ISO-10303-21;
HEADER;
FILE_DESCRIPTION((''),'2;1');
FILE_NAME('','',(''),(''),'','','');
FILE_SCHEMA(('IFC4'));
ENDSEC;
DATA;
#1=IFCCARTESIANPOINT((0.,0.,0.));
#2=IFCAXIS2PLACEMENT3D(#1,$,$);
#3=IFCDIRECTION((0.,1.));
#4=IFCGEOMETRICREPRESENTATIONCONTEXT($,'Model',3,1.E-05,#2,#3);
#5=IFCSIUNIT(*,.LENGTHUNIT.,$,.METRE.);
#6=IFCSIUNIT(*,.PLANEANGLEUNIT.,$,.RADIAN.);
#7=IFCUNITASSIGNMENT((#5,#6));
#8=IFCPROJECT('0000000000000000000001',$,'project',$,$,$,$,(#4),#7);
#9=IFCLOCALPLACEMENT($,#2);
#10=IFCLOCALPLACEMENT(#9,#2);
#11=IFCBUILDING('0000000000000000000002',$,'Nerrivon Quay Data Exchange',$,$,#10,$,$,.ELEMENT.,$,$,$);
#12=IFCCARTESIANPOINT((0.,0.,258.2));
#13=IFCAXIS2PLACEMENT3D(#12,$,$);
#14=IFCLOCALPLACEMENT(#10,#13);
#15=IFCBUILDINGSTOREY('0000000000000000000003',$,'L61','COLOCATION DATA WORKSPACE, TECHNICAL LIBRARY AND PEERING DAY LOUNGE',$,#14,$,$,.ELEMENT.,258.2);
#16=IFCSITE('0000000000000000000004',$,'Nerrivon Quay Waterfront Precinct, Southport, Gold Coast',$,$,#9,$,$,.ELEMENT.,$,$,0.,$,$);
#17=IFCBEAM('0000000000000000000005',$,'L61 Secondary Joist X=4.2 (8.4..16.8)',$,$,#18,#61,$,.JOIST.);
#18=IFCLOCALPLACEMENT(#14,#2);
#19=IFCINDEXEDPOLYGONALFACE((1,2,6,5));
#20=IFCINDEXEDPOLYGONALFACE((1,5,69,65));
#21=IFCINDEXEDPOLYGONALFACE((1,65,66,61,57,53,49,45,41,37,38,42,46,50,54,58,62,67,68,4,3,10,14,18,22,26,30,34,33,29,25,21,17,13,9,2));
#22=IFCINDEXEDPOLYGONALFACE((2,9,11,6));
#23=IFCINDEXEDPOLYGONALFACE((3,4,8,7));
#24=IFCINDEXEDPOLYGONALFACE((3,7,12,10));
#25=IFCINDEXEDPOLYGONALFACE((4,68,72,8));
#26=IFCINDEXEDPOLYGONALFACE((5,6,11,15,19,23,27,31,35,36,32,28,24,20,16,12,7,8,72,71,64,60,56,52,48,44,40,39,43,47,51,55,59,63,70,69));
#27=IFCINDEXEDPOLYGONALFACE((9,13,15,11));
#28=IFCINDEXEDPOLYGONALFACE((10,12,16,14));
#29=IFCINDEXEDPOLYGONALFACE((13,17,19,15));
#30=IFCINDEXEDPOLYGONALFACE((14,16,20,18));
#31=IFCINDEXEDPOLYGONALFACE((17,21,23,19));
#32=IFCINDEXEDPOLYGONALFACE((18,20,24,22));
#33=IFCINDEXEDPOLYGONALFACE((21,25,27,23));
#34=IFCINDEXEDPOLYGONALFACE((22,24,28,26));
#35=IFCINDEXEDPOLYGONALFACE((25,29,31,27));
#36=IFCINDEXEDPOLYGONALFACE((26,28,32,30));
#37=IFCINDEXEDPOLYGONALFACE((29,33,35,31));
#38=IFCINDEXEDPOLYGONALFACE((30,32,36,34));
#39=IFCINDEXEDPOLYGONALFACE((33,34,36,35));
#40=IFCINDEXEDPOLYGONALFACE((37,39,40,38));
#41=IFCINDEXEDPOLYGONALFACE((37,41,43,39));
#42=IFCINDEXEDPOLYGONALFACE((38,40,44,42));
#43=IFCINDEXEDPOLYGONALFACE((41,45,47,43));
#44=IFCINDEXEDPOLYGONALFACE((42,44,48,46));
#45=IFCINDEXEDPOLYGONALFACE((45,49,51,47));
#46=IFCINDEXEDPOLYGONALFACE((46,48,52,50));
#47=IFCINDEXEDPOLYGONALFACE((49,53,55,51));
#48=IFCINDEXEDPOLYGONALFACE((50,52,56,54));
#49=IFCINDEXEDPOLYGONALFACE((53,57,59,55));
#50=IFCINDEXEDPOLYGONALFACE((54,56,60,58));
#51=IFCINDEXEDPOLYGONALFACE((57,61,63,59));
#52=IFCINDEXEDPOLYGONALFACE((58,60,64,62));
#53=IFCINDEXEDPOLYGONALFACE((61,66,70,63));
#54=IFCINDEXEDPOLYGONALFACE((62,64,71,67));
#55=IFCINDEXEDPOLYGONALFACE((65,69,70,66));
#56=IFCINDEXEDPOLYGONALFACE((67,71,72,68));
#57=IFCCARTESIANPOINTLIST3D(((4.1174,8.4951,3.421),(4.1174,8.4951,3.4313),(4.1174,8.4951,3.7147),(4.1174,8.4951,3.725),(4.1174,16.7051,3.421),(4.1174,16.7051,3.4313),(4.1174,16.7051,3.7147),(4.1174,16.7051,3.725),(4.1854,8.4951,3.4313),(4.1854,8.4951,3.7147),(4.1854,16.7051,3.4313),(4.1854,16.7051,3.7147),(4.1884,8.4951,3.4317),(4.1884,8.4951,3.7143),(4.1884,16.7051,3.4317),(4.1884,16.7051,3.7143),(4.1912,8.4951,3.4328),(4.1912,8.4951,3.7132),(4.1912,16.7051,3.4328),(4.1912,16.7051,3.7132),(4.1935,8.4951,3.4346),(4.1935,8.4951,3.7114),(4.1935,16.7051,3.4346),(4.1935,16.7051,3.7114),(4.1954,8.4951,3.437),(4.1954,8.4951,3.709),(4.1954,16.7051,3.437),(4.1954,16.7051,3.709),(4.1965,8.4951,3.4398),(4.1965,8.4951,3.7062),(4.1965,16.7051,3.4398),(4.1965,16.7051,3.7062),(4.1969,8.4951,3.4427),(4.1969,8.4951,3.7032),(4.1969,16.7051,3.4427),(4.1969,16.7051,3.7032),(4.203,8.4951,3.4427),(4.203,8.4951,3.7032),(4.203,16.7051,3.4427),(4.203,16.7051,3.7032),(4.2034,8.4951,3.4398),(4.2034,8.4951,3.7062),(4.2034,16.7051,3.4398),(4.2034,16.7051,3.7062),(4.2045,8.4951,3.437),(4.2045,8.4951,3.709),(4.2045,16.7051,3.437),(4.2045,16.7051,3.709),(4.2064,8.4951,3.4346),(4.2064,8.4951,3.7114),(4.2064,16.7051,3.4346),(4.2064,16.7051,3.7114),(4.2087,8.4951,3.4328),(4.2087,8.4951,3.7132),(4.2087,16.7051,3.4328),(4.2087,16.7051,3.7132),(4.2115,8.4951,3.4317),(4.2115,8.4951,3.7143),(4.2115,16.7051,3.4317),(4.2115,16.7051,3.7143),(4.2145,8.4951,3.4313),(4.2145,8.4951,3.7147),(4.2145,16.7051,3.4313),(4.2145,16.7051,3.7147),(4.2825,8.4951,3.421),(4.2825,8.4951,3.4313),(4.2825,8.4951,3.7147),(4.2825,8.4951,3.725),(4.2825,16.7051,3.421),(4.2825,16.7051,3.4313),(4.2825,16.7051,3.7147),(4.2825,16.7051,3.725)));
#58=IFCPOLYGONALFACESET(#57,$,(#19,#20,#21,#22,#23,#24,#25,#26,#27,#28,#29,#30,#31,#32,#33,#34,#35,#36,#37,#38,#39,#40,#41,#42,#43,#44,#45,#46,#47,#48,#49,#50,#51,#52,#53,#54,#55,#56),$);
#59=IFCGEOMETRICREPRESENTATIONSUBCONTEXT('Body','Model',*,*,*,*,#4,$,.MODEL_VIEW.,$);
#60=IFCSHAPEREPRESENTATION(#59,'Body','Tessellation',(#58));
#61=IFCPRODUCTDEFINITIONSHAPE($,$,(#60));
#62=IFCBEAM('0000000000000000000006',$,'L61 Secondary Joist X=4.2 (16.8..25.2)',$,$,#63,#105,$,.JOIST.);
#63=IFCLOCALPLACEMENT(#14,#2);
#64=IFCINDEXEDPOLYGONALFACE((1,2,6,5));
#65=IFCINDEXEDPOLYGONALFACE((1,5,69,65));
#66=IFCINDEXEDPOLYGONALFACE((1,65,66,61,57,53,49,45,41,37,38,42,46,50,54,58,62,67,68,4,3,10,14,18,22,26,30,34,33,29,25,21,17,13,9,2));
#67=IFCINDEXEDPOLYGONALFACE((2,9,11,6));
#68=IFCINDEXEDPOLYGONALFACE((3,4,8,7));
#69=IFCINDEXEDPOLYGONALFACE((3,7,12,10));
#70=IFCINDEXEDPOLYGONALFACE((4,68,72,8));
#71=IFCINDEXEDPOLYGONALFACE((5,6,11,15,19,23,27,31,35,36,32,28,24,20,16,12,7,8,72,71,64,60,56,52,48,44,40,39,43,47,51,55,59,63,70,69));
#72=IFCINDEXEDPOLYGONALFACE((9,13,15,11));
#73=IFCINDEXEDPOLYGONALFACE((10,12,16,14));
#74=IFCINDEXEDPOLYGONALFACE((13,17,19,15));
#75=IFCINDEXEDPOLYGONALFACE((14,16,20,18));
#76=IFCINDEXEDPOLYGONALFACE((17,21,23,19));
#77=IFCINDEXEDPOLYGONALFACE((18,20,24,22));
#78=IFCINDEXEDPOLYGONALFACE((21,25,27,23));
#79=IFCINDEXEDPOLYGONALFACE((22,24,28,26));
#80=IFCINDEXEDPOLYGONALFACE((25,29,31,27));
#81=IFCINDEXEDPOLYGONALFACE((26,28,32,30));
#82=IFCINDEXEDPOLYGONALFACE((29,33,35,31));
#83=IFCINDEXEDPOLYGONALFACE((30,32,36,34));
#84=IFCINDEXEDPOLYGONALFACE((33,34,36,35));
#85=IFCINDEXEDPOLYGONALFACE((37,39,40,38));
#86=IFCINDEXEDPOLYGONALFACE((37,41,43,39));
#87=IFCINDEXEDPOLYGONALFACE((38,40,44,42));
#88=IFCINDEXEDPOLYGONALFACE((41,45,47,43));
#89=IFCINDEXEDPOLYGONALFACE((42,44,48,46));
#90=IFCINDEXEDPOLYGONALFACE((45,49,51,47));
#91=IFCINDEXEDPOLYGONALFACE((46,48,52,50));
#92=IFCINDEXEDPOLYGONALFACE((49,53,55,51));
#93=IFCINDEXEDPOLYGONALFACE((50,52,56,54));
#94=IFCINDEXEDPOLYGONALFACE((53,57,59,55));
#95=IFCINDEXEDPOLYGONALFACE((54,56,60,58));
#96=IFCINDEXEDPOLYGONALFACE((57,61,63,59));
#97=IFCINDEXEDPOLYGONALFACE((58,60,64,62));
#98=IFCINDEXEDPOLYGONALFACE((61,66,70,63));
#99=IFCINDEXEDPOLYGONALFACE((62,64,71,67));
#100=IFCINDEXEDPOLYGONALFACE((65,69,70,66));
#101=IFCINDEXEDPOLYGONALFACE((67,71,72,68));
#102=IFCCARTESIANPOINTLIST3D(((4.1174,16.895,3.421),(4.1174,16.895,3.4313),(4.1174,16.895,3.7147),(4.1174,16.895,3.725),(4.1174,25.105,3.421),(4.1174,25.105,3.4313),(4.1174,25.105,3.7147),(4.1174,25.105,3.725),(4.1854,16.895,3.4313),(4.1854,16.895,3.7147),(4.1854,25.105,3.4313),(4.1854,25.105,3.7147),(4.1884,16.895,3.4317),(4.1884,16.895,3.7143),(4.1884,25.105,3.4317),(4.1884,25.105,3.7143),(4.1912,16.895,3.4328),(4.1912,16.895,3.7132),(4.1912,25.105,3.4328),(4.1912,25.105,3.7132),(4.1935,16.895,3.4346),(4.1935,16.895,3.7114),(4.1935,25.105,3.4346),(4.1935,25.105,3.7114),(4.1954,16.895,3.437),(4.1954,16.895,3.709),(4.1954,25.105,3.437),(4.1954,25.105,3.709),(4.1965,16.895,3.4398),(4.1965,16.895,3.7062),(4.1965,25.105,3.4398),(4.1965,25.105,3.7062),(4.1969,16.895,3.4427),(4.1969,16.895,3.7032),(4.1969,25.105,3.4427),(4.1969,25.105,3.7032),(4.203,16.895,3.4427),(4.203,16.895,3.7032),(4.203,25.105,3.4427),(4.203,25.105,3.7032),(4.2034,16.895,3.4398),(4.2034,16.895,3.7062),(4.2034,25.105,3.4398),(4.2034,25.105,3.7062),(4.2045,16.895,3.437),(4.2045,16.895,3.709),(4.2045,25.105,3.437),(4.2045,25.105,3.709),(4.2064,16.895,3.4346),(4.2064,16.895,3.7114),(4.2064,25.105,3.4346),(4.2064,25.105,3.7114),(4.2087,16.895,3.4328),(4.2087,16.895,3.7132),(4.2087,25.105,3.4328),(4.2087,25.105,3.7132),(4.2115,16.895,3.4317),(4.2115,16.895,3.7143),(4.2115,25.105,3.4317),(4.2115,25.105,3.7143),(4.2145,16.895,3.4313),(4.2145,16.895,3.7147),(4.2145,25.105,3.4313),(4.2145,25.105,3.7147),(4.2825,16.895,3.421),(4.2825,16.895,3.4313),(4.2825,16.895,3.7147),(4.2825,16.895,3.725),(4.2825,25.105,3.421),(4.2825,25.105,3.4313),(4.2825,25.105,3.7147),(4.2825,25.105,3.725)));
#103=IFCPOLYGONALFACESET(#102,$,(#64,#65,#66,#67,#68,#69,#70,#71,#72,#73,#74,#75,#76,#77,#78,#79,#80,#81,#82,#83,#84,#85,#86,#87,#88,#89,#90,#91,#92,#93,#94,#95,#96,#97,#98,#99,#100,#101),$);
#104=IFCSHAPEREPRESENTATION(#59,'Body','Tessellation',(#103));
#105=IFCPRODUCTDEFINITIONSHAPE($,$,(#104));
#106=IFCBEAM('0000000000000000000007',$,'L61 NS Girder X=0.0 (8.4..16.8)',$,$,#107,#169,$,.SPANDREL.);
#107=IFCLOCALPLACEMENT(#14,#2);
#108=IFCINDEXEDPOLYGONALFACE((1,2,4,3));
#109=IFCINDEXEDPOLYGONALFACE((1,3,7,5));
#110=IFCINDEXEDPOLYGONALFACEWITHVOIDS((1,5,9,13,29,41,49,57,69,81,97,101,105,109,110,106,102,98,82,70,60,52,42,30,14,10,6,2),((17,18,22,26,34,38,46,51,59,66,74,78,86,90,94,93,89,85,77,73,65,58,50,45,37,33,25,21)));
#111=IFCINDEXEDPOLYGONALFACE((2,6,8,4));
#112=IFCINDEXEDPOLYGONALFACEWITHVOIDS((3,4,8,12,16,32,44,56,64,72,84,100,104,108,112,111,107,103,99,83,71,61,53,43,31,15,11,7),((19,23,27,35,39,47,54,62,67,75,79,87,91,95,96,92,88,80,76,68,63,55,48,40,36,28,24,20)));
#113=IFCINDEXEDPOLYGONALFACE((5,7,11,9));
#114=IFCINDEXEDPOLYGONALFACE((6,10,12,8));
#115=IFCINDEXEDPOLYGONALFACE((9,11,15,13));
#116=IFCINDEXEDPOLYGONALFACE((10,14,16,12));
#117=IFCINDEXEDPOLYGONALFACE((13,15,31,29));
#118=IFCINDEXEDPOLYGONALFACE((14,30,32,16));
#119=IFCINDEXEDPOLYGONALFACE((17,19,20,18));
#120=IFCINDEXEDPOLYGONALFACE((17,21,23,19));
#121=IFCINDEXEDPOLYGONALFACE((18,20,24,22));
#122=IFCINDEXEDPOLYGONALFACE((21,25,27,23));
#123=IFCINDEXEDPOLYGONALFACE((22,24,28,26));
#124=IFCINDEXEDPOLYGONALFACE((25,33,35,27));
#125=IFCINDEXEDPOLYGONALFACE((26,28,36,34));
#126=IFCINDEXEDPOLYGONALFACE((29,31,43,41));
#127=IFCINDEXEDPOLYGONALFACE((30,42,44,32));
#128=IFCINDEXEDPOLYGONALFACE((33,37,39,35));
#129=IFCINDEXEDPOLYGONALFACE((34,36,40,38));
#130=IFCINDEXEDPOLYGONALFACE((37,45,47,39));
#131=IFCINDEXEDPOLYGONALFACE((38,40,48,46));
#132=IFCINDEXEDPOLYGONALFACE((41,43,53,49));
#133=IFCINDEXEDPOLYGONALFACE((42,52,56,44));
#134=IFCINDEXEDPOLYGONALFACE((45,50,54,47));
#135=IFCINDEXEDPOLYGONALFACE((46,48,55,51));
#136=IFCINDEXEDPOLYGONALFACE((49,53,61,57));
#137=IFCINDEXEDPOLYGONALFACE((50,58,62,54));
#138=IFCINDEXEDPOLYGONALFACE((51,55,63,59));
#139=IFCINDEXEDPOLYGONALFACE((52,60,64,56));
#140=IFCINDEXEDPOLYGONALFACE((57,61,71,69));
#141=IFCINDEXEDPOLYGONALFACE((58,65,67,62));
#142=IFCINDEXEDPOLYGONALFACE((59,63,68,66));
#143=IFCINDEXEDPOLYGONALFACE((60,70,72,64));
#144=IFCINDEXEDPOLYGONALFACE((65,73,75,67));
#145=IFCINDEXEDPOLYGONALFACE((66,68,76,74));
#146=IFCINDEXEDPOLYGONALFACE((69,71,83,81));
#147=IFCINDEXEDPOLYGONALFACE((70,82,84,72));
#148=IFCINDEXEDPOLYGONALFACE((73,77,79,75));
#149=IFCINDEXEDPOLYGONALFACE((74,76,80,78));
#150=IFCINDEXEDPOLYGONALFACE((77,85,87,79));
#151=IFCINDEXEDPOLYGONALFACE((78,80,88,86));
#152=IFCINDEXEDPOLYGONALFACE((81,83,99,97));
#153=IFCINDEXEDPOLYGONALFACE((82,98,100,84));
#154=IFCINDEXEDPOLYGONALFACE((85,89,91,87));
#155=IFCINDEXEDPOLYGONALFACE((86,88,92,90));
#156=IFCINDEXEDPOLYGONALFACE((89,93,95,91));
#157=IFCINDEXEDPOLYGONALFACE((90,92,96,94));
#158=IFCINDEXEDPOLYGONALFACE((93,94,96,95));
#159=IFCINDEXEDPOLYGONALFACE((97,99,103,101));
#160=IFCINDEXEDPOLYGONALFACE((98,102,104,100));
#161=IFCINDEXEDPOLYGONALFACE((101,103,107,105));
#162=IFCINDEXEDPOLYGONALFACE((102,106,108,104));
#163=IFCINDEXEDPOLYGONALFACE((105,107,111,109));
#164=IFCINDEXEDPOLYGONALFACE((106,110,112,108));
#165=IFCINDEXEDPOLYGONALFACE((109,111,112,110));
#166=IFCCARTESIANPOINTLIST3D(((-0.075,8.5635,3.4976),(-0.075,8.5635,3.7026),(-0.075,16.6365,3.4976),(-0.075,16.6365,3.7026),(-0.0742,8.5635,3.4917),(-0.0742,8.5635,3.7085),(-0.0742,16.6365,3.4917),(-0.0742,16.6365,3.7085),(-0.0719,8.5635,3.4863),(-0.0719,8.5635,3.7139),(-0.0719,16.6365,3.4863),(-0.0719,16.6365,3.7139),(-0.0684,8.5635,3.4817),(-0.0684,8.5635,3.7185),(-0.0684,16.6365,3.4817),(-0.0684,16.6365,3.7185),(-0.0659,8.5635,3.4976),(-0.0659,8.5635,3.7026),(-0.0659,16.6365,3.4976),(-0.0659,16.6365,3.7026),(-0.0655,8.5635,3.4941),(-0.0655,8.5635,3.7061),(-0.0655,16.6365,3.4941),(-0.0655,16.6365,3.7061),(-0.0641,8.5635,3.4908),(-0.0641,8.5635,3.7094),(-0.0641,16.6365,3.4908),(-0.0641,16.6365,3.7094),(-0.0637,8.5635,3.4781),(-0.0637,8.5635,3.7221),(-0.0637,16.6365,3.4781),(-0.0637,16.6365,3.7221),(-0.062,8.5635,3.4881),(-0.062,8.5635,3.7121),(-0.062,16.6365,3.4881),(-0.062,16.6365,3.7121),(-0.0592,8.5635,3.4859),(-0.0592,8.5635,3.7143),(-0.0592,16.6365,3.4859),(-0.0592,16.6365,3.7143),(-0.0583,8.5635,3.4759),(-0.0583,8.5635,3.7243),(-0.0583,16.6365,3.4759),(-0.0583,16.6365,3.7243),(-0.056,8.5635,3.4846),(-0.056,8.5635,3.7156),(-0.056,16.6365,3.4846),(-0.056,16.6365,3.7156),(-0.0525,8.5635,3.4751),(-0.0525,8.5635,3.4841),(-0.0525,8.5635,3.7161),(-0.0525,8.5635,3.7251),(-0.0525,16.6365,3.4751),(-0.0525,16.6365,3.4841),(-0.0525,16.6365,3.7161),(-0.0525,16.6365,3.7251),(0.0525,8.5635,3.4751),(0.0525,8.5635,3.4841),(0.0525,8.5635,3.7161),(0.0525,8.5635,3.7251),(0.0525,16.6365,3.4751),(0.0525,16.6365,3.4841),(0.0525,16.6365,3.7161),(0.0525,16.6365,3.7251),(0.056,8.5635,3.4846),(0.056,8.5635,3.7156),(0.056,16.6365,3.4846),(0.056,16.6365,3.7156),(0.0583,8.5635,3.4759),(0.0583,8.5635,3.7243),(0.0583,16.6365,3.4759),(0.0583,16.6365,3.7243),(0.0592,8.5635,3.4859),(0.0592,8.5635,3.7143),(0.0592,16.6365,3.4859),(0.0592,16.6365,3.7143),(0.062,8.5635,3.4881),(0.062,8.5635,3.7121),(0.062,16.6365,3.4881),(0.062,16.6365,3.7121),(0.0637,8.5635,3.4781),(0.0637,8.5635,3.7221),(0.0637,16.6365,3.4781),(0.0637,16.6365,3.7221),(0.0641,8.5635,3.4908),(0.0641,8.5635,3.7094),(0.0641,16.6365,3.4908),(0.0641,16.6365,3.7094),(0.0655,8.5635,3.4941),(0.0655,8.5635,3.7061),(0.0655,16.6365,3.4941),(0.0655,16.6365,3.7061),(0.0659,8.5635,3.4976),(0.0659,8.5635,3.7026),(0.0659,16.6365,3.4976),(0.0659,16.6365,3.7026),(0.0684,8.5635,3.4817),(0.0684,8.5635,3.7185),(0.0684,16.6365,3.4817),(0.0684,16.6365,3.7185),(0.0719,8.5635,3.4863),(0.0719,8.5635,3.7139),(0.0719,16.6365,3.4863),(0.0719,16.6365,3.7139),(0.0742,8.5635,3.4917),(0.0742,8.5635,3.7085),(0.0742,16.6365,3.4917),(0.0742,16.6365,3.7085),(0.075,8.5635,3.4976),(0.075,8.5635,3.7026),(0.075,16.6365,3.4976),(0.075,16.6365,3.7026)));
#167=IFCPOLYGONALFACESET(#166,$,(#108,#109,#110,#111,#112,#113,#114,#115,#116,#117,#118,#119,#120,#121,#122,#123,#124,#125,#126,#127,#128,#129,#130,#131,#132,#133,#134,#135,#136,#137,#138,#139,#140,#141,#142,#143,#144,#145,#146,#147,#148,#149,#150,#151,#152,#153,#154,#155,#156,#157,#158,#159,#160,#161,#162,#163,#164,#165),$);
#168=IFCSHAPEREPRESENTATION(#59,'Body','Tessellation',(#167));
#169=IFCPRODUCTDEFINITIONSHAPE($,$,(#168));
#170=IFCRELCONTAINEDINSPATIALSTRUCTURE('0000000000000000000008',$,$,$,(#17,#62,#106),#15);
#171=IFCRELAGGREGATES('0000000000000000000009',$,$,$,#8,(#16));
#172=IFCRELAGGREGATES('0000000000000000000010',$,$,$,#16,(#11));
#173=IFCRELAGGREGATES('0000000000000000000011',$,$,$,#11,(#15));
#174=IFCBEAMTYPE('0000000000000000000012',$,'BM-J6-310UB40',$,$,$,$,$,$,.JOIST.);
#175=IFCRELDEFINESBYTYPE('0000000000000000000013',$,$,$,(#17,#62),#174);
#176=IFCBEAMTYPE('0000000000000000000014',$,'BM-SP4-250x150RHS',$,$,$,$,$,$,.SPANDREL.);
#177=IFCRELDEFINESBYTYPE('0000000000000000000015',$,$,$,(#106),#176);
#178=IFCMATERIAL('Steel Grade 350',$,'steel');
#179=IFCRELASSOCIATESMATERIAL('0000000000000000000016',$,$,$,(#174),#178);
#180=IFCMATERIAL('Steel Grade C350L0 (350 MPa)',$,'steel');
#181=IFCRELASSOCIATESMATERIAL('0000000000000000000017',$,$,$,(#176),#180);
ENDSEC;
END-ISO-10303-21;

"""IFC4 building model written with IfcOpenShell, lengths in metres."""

from ifc_helpers import new_model, si_unit, direction, frame, origin, origin_2d, place, context, subcontext, project, spatial, hollow_rectangle, i_section, extrude, material, material_profile, profile_set, type_object, element, save


model = new_model("IFC4")

# Units and contexts
model_context = context("Model", 3, precision=1e-05, world=origin(), true_north=direction((0.0, 1.0)))
body_context = subcontext(model_context, "Body", "Model", "MODEL_VIEW")
ifc_project = project(units=[si_unit("LENGTHUNIT", "METRE"), si_unit("PLANEANGLEUNIT", "RADIAN")], contexts=[model_context])

# Site, building, storey
site_placement = place(None, origin())
site = spatial("IfcSite", under=ifc_project, at=site_placement, Name="Nerrivon Quay Waterfront Precinct, Southport, Gold Coast", CompositionType="ELEMENT", RefElevation=0.0)
building_placement = place(site_placement, origin())
building = spatial("IfcBuilding", under=site, at=building_placement, Name="Nerrivon Quay Data Exchange", CompositionType="ELEMENT")
storey_placement = place(building_placement, frame((0.0, 0.0, 258.2)))
storey = spatial("IfcBuildingStorey", under=building, at=storey_placement, Name="L61", Description="COLOCATION DATA WORKSPACE, TECHNICAL LIBRARY AND PEERING DAY LOUNGE", CompositionType="ELEMENT", Elevation=258.2)

# Shared definitions
ifc_material_1 = material(Name="Steel Grade 350", Category="steel")

# Beams
ifc_material_profile_1 = material_profile(ifc_material_1, i_section(OverallWidth=0.165, OverallDepth=0.304, WebThickness=0.0061, FlangeThickness=0.0103, FilletRadius=0.0115, at=origin_2d()), Name="310UB40.4")
ifc_profile_set_1 = profile_set([ifc_material_profile_1], Name="Steel Grade 350")
beam_type_1 = type_object("IfcBeamType", Name="BM-J6-310UB40", PredefinedType="JOIST", material=ifc_profile_set_1)
for number, where, z_axis, x_axis, name in (
    (1, (4.2, 8.4951, 3.573), (0.0, 1.0, 0.0), (-1.0, 0.0, 0.0), "L61 Secondary Joist X=4.2 (8.4..16.8)"),
    (2, (4.2, 16.895, 3.573), (0.0, 1.0, 0.0), (-1.0, 0.0, 0.0), "L61 Secondary Joist X=4.2 (16.8..25.2)"),
):
    element("IfcBeam", number, at=place(storey_placement, frame(where, z_axis=z_axis, x_axis=x_axis)), inside=storey, type_object=beam_type_1, Name=name, PredefinedType="JOIST", context=body_context, shape_type="SweptSolid", body=[
        extrude(i_section(OverallWidth=0.165, OverallDepth=0.304, WebThickness=0.0061, FlangeThickness=0.0103, FilletRadius=0.0115, at=origin_2d()), origin(), (0.0, 0.0, 1.0), 8.21),
    ])
ifc_material_2 = material(Name="Steel Grade C350L0 (350 MPa)", Category="steel")
ifc_material_profile_2 = material_profile(ifc_material_2, hollow_rectangle(XDim=0.1499, YDim=0.25, WallThickness=0.009, InnerFilletRadius=0.0134, OuterFilletRadius=0.0225, at=origin_2d()), Name="250x150x9.0RHS")
ifc_profile_set_2 = profile_set([ifc_material_profile_2], Name="Steel Grade C350L0 (350 MPa)")
beam_type_2 = type_object("IfcBeamType", Name="BM-SP4-250x150RHS", PredefinedType="SPANDREL", material=ifc_profile_set_2)
beam_1_placement = place(storey_placement, frame((0.0, 8.5635, 3.6001), z_axis=(0.0, 1.0, 0.0), x_axis=(-1.0, 0.0, 0.0)))
element("IfcBeam", 3, at=beam_1_placement, inside=storey, type_object=beam_type_2, Name="L61 NS Girder X=0.0 (8.4..16.8)", PredefinedType="SPANDREL", context=body_context, shape_type="SweptSolid", body=[
    extrude(hollow_rectangle(XDim=0.1499, YDim=0.25, WallThickness=0.009, InnerFilletRadius=0.0134, OuterFilletRadius=0.0225, at=origin_2d()), origin(), (0.0, 0.0, 1.0), 8.073),
])

save(model, "model.ifc")
